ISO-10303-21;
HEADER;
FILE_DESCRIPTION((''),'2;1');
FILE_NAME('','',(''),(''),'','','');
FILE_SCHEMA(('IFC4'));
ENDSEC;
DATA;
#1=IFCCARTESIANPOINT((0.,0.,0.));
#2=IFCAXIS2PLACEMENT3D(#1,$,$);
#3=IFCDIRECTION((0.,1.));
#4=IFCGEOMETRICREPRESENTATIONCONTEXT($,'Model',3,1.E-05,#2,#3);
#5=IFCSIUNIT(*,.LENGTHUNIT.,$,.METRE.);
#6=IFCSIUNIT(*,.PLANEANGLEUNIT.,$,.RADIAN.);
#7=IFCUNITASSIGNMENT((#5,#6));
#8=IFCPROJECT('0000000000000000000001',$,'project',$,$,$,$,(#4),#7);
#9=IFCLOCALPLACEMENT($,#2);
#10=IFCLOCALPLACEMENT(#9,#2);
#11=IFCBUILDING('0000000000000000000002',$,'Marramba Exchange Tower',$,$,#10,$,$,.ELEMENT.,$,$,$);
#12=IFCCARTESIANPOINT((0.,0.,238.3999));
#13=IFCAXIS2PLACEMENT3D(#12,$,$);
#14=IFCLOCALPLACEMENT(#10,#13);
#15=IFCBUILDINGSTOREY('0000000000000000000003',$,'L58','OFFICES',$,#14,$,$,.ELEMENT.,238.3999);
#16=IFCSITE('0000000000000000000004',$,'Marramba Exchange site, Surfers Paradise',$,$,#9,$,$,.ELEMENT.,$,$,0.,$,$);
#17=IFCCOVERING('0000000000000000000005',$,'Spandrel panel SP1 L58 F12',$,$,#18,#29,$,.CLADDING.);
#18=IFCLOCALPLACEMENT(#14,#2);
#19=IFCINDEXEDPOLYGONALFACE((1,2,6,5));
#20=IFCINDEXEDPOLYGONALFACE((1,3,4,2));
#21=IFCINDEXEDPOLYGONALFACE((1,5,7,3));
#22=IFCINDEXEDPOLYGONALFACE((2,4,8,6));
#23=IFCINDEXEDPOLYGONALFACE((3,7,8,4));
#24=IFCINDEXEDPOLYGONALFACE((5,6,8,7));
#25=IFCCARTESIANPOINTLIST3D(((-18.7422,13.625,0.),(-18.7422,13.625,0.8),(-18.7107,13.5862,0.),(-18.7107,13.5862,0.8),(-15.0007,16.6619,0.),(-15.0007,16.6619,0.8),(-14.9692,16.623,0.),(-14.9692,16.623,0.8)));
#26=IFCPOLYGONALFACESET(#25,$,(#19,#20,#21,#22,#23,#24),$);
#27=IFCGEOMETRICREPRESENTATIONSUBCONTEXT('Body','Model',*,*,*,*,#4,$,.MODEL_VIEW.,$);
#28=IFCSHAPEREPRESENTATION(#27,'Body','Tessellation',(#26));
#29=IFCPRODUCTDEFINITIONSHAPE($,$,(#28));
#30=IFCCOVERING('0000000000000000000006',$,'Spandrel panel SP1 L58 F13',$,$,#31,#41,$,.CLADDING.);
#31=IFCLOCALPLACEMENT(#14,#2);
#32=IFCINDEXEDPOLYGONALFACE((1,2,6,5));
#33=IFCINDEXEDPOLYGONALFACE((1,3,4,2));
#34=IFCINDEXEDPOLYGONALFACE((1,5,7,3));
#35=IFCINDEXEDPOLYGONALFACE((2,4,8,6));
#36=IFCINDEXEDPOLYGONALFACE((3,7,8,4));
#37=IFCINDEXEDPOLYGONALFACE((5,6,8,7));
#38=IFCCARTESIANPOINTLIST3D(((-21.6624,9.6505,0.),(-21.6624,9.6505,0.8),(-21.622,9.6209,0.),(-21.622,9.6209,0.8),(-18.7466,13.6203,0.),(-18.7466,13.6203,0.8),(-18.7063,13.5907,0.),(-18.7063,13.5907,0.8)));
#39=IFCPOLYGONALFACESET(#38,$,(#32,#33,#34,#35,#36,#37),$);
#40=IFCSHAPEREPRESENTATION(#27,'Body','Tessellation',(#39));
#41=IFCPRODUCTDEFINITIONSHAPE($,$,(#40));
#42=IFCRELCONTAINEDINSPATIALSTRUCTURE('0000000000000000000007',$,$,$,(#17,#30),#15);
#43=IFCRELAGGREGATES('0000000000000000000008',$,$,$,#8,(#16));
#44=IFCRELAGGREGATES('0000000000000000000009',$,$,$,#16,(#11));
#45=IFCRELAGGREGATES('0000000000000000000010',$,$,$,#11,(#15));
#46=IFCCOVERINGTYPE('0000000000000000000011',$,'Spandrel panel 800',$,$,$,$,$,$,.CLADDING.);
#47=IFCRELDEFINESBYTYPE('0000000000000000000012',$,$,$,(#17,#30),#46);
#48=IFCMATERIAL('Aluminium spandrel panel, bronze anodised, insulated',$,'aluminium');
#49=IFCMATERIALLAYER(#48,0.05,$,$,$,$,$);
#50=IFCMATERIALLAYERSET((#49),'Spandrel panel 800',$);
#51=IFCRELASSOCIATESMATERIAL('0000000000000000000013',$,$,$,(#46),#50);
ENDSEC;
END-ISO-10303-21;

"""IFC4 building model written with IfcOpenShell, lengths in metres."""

from ifc_helpers import new_model, si_unit, direction, frame, origin, origin_2d, place, context, subcontext, project, spatial, rectangle, extrude, material, layer, layer_set, type_object, element, save


model = new_model("IFC4")

# Units and contexts
model_context = context("Model", 3, precision=1e-05, world=origin(), true_north=direction((0.0, 1.0)))
body_context = subcontext(model_context, "Body", "Model", "MODEL_VIEW")
ifc_project = project(units=[si_unit("LENGTHUNIT", "METRE"), si_unit("PLANEANGLEUNIT", "RADIAN")], contexts=[model_context])

# Site, building, storey
site_placement = place(None, origin())
site = spatial("IfcSite", under=ifc_project, at=site_placement, Name="Marramba Exchange site, Surfers Paradise", CompositionType="ELEMENT", RefElevation=0.0)
building_placement = place(site_placement, origin())
building = spatial("IfcBuilding", under=site, at=building_placement, Name="Marramba Exchange Tower", CompositionType="ELEMENT")
storey_placement = place(building_placement, frame((0.0, 0.0, 238.3999)))
storey = spatial("IfcBuildingStorey", under=building, at=storey_placement, Name="L58", Description="OFFICES", CompositionType="ELEMENT", Elevation=238.3999)

# Coverings
ifc_material_1 = material(Name="Aluminium spandrel panel, bronze anodised, insulated", Category="aluminium")
ifc_layer_1 = layer(ifc_material_1, 0.05)
ifc_layer_set_1 = layer_set([ifc_layer_1], Name="Spandrel panel 800")
covering_type = type_object("IfcCoveringType", Name="Spandrel panel 800", PredefinedType="CLADDING", material=ifc_layer_set_1)
covering_1_placement = place(storey_placement, frame((-16.8557, 15.124, 0.0), z_axis=(0.0, 0.0, 1.0), x_axis=(-0.776432, -0.630201, 0.0)))
element("IfcCovering", 1, at=covering_1_placement, inside=storey, type_object=covering_type, Name="Spandrel panel SP1 L58 F12", PredefinedType="CLADDING", context=body_context, shape_type="SweptSolid", body=[
    extrude(rectangle(XDim=4.8188, YDim=0.05, at=origin_2d()), origin(), (0.0, 0.0, 1.0), 0.8),
])
covering_2_placement = place(storey_placement, frame((-20.1843, 11.6206, 0.0), z_axis=(0.0, 0.0, 1.0), x_axis=(-0.591963, -0.805965, 0.0)))
element("IfcCovering", 2, at=covering_2_placement, inside=storey, type_object=covering_type, Name="Spandrel panel SP1 L58 F13", PredefinedType="CLADDING", context=body_context, shape_type="SweptSolid", body=[
    extrude(rectangle(XDim=4.9255, YDim=0.05, at=origin_2d()), origin(), (0.0, 0.0, 1.0), 0.8),
])

save(model, "model.ifc")
